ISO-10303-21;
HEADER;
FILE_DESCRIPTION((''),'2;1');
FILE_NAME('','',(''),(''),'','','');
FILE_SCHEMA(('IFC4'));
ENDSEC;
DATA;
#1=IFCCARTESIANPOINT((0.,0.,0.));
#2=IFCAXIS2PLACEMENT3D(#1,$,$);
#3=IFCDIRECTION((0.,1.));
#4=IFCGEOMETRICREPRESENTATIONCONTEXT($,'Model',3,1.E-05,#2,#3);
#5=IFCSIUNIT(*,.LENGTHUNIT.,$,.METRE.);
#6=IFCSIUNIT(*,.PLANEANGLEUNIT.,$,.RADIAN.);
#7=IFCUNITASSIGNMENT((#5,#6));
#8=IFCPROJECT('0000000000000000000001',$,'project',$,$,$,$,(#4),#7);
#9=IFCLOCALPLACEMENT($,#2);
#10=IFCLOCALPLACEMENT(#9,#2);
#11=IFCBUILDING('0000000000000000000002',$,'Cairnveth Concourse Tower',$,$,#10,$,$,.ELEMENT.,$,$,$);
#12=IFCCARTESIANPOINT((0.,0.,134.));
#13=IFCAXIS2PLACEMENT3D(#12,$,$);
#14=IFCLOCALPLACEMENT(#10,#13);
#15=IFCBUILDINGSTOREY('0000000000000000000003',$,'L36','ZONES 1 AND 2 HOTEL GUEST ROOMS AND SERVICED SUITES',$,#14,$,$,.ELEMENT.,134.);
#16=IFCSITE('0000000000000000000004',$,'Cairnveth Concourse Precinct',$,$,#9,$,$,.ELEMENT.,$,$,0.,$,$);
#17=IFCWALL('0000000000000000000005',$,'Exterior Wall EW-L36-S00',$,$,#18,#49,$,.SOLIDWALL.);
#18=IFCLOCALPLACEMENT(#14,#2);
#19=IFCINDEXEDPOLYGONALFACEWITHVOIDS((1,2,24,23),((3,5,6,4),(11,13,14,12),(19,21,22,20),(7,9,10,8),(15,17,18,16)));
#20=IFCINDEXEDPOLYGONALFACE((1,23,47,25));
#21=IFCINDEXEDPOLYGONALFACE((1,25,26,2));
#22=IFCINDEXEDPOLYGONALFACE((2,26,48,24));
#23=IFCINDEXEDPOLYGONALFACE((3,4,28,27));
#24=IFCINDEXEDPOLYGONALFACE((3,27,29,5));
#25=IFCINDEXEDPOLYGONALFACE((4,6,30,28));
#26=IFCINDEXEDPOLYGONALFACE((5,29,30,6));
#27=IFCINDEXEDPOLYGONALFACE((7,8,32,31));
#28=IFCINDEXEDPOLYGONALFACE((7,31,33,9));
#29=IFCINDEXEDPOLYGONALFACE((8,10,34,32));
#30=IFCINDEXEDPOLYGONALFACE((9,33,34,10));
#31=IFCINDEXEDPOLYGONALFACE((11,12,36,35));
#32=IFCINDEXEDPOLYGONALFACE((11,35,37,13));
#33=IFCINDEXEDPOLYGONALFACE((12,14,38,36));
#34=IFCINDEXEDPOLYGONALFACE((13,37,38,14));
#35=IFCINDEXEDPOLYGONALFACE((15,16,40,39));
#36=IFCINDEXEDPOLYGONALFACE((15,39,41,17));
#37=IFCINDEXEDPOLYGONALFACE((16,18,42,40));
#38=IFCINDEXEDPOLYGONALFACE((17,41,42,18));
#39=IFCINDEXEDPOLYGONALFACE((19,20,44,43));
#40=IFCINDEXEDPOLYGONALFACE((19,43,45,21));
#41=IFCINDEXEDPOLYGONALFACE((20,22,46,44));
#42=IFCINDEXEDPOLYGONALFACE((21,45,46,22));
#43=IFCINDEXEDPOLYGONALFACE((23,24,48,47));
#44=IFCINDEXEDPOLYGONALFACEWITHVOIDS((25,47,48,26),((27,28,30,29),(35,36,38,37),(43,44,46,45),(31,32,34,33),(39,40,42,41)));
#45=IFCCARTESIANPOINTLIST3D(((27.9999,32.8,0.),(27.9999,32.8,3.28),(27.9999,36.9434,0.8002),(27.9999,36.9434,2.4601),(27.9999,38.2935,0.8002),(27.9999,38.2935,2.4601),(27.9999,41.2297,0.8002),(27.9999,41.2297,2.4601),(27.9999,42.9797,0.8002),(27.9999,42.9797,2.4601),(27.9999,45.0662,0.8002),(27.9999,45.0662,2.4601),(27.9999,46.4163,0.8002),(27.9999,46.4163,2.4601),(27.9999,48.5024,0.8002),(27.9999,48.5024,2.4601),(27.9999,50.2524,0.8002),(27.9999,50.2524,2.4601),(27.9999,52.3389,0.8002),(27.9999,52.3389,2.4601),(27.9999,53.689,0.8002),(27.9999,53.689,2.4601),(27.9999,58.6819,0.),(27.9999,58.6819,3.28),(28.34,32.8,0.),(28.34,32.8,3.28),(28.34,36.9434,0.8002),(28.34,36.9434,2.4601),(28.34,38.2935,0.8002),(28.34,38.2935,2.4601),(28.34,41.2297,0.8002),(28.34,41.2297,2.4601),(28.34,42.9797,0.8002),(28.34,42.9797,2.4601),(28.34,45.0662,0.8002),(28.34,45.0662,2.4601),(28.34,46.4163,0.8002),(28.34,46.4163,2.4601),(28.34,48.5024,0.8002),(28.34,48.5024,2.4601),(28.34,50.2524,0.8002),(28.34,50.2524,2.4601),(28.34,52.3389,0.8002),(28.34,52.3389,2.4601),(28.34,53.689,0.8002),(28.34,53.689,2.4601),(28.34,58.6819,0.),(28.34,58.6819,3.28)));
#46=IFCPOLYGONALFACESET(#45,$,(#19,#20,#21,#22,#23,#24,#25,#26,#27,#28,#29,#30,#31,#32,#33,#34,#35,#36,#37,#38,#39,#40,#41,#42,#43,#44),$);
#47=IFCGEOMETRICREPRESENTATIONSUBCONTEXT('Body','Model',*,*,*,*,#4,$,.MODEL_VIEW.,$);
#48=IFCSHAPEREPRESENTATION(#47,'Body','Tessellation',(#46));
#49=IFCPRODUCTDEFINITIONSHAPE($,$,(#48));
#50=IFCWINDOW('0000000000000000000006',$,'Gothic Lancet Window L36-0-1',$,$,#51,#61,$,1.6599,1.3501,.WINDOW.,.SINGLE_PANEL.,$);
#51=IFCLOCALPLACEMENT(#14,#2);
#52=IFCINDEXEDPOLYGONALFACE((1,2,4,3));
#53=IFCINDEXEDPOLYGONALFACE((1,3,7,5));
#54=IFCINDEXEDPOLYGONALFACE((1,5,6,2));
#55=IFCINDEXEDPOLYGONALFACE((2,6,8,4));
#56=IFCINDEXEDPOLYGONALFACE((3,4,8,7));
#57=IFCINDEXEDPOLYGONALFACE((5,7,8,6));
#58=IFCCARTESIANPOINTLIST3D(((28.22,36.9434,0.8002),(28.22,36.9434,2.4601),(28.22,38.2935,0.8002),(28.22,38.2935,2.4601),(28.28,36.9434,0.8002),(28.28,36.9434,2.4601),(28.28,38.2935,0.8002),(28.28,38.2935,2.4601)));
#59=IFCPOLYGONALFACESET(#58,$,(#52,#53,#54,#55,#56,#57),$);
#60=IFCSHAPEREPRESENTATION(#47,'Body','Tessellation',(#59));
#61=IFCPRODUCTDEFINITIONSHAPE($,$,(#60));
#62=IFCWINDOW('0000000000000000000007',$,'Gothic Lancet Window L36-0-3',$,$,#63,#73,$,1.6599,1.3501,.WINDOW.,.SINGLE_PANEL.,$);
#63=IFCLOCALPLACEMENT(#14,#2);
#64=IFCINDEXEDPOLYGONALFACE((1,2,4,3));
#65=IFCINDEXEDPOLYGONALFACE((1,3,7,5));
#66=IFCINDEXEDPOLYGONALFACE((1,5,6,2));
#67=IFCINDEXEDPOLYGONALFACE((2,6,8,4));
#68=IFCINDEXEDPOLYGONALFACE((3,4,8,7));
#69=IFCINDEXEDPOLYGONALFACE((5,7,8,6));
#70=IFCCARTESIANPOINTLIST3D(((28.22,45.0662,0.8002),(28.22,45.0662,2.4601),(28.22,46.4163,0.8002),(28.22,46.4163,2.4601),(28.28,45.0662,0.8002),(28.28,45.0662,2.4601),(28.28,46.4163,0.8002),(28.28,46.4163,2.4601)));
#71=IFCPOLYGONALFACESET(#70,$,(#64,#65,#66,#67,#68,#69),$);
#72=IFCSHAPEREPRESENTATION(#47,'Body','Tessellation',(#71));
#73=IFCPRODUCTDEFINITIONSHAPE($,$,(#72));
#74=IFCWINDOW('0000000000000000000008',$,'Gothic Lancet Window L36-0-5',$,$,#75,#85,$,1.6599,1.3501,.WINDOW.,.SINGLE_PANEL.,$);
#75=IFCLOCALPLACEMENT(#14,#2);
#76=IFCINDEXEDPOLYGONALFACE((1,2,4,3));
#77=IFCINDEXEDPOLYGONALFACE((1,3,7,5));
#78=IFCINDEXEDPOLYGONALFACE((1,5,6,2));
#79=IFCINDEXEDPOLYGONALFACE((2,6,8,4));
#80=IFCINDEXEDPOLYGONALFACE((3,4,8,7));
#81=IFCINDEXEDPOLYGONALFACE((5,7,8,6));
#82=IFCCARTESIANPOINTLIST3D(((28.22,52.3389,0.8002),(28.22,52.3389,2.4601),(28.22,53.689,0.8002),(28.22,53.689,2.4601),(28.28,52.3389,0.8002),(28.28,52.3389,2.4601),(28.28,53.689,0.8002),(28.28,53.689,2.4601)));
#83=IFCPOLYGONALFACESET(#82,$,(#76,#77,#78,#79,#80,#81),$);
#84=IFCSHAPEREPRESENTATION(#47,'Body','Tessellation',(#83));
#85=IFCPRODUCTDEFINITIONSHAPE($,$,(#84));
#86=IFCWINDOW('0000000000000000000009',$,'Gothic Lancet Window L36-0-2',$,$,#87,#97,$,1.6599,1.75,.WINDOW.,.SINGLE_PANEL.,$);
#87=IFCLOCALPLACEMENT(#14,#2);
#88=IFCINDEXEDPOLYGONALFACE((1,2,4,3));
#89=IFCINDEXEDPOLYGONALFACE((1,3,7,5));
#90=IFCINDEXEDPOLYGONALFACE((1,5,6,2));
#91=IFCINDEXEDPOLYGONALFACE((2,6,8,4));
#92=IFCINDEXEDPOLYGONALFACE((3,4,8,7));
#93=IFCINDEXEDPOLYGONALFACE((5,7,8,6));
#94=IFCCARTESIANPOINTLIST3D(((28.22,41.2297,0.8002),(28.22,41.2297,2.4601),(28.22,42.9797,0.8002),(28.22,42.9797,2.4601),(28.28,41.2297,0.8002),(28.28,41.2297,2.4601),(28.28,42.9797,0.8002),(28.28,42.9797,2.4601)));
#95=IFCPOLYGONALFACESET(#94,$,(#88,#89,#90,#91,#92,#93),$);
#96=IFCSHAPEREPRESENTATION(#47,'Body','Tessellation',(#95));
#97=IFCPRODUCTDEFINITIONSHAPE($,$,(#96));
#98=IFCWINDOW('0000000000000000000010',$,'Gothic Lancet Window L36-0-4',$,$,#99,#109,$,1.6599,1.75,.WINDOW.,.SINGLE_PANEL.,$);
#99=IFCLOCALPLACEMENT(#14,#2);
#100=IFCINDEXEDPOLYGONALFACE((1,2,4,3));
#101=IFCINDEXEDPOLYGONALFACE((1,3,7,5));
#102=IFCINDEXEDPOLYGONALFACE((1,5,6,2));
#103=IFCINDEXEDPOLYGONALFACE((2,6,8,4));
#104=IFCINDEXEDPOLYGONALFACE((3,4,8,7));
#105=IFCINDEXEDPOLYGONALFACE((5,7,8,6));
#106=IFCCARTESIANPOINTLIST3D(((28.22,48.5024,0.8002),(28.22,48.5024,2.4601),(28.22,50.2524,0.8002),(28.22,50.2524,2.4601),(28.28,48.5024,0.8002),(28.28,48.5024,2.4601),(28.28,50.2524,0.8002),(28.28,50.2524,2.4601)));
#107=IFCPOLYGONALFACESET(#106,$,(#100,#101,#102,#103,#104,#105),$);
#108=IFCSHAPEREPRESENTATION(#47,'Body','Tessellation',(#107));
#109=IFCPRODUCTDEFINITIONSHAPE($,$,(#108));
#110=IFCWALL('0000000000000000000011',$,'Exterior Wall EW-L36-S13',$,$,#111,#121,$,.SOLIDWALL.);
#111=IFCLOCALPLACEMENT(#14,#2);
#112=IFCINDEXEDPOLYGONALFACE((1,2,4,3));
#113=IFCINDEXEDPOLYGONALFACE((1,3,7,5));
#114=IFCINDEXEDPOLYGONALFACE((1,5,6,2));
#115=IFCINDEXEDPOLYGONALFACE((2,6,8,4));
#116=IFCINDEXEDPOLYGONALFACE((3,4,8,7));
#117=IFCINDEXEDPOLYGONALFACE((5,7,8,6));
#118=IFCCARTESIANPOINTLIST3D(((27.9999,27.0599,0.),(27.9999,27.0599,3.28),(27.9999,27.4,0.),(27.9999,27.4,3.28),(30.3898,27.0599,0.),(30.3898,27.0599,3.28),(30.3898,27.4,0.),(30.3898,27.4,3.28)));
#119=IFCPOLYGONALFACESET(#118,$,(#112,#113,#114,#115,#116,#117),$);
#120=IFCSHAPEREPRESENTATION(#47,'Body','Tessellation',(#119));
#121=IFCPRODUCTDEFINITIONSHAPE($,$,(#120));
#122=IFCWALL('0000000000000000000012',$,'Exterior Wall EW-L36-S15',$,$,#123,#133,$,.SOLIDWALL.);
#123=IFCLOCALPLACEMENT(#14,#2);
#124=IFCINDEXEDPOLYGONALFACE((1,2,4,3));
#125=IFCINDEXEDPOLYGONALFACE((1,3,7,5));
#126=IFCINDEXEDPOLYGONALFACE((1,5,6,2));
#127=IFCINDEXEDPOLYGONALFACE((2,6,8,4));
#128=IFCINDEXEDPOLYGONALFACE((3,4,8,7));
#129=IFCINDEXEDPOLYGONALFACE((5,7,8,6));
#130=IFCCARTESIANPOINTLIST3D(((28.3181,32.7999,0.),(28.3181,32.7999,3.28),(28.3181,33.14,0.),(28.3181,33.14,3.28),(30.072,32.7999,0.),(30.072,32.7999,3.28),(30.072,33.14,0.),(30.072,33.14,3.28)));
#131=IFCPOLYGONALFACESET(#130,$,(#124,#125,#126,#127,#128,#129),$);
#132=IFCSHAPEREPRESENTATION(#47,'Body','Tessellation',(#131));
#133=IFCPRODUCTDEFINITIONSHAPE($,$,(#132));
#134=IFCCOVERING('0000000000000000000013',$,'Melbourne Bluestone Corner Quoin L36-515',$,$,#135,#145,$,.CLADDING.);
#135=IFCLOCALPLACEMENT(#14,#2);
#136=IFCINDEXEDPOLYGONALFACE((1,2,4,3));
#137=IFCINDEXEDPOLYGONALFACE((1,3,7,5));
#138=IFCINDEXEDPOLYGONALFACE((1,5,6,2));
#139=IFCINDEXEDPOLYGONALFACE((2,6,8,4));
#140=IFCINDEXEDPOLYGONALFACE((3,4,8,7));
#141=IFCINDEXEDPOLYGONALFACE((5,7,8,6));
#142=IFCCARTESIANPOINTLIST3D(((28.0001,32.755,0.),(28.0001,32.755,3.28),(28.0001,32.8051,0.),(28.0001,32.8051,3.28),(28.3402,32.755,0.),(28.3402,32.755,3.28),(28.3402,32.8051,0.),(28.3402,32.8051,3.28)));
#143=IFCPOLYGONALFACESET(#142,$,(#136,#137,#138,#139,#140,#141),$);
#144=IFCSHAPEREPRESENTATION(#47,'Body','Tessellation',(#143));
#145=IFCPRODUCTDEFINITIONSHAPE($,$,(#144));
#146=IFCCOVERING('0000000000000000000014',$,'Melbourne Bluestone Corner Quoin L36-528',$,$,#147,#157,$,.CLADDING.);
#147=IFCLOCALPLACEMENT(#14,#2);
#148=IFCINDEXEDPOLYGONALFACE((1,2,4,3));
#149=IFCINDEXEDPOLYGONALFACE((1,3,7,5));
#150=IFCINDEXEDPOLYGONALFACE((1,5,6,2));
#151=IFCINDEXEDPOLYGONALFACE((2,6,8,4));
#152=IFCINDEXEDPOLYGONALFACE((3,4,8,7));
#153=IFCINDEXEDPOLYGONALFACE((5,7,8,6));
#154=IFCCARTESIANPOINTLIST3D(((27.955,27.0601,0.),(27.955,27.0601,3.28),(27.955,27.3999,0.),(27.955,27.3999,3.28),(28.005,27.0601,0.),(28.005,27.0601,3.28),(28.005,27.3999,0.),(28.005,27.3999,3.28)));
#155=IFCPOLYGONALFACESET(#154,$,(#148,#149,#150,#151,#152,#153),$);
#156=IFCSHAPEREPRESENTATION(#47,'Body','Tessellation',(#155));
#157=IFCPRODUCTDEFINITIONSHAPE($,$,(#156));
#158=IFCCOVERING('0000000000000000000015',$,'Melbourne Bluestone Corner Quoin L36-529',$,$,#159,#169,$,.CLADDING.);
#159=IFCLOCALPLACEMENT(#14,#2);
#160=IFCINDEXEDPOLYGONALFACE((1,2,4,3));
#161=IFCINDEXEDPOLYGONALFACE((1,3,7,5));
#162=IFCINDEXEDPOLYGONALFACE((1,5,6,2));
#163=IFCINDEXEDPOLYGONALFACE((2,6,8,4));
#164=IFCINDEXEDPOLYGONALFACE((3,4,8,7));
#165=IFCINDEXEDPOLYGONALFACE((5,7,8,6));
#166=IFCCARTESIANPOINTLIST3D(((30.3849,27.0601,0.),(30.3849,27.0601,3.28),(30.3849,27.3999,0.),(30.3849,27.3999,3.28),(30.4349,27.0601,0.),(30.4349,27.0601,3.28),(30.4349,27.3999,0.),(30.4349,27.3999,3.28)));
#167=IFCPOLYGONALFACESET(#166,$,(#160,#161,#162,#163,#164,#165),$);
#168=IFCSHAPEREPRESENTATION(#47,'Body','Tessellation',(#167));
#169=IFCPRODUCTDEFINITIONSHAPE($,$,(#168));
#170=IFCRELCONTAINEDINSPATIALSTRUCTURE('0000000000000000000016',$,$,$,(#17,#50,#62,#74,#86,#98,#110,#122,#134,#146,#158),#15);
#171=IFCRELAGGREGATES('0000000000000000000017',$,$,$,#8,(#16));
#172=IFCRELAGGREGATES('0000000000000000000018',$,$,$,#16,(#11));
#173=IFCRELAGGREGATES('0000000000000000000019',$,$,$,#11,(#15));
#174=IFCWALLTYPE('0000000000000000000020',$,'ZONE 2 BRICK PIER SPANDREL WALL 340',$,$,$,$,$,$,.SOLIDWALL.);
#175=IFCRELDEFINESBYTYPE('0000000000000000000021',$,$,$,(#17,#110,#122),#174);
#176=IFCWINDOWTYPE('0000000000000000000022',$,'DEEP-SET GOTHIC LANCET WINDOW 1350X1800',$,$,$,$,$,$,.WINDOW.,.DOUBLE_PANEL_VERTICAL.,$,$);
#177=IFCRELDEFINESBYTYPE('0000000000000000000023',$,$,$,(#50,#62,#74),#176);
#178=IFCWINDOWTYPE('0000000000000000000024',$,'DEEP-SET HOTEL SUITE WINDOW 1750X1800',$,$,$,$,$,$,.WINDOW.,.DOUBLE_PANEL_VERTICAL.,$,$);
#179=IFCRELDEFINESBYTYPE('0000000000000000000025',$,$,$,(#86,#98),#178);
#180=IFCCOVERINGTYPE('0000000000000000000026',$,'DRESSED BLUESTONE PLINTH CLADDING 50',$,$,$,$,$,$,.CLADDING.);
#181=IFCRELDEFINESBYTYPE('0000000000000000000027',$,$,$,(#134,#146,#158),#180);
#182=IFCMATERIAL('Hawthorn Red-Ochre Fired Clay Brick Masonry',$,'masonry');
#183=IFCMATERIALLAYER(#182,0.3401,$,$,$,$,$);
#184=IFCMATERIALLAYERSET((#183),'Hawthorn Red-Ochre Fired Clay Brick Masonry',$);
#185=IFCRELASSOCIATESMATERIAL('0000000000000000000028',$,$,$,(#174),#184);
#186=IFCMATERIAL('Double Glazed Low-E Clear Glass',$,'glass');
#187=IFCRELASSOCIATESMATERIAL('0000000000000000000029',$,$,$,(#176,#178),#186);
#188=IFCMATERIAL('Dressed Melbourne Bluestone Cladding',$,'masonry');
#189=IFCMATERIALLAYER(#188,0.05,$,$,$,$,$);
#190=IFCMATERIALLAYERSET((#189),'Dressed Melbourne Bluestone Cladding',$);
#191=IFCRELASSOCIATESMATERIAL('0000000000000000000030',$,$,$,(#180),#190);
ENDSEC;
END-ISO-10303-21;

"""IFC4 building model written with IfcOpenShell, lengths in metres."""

from ifc_helpers import new_model, si_unit, direction, frame, frame_2d, origin, place, context, subcontext, project, spatial, rectangle, extrude, material, layer, layer_set, type_object, element, fill, save


model = new_model("IFC4")

# Units and contexts
model_context = context("Model", 3, precision=1e-05, world=origin(), true_north=direction((0.0, 1.0)))
body_context = subcontext(model_context, "Body", "Model", "MODEL_VIEW")
ifc_project = project(units=[si_unit("LENGTHUNIT", "METRE"), si_unit("PLANEANGLEUNIT", "RADIAN")], contexts=[model_context])

# Site, building, storey
site_placement = place(None, origin())
site = spatial("IfcSite", under=ifc_project, at=site_placement, Name="Cairnveth Concourse Precinct", CompositionType="ELEMENT", RefElevation=0.0)
building_placement = place(site_placement, origin())
building = spatial("IfcBuilding", under=site, at=building_placement, Name="Cairnveth Concourse Tower", CompositionType="ELEMENT")
storey_placement = place(building_placement, frame((0.0, 0.0, 134.0)))
storey = spatial("IfcBuildingStorey", under=building, at=storey_placement, Name="L36", Description="ZONES 1 AND 2 HOTEL GUEST ROOMS AND SERVICED SUITES", CompositionType="ELEMENT", Elevation=134.0)

# Shared definitions
ifc_material_1 = material(Name="Dressed Melbourne Bluestone Cladding", Category="masonry")

# Wall, openings, windows
ifc_material_2 = material(Name="Hawthorn Red-Ochre Fired Clay Brick Masonry", Category="masonry")
ifc_layer_1 = layer(ifc_material_2, 0.3401)
ifc_layer_set_1 = layer_set([ifc_layer_1], Name="Hawthorn Red-Ochre Fired Clay Brick Masonry")
wall_type_1 = type_object("IfcWallType", Name="ZONE 2 BRICK PIER SPANDREL WALL 340", PredefinedType="SOLIDWALL", material=ifc_layer_set_1)
wall_1_placement = place(storey_placement, frame((28.1699, 32.8, 0.0), z_axis=(0.0, 0.0, 1.0), x_axis=(0.0, 1.0, 0.0)))
wall_1 = element("IfcWall", 1, at=wall_1_placement, inside=storey, type_object=wall_type_1, Name="Exterior Wall EW-L36-S00", PredefinedType="SOLIDWALL", context=body_context, shape_type="SweptSolid", body=[
    extrude(rectangle(XDim=25.8818, YDim=0.3401, at=frame_2d((12.9409, 0.0))), origin(), (0.0, 0.0, 1.0), 3.28),
])
opening_1_placement = place(wall_1_placement, frame((4.1433, 0.0, 0.8)))
opening_1 = element("IfcOpeningElement", 2, at=opening_1_placement, cuts=wall_1, PredefinedType="OPENING", context=body_context, shape_type="SweptSolid", body=[
    extrude(rectangle(XDim=1.3501, YDim=1.6599, at=frame_2d((0.675, 0.8301))), frame((0.0, 0.1799, 0.0), z_axis=(0.0, -1.0, 0.0), x_axis=(1.0, 0.0, 0.0)), (0.0, 0.0, 1.0), 0.3601),
])
opening_2_placement = place(wall_1_placement, frame((8.4297, 0.0, 0.8)))
opening_2 = element("IfcOpeningElement", 3, at=opening_2_placement, cuts=wall_1, PredefinedType="OPENING", context=body_context, shape_type="SweptSolid", body=[
    extrude(rectangle(XDim=1.75, YDim=1.6599, at=frame_2d((0.875, 0.8301))), frame((0.0, 0.1799, 0.0), z_axis=(0.0, -1.0, 0.0), x_axis=(1.0, 0.0, 0.0)), (0.0, 0.0, 1.0), 0.3601),
])
opening_3_placement = place(wall_1_placement, frame((12.2661, 0.0, 0.8)))
opening_3 = element("IfcOpeningElement", 4, at=opening_3_placement, cuts=wall_1, PredefinedType="OPENING", context=body_context, shape_type="SweptSolid", body=[
    extrude(rectangle(XDim=1.3501, YDim=1.6599, at=frame_2d((0.675, 0.8301))), frame((0.0, 0.1799, 0.0), z_axis=(0.0, -1.0, 0.0), x_axis=(1.0, 0.0, 0.0)), (0.0, 0.0, 1.0), 0.3601),
])
opening_4_placement = place(wall_1_placement, frame((15.7024, 0.0, 0.8)))
opening_4 = element("IfcOpeningElement", 5, at=opening_4_placement, cuts=wall_1, PredefinedType="OPENING", context=body_context, shape_type="SweptSolid", body=[
    extrude(rectangle(XDim=1.75, YDim=1.6599, at=frame_2d((0.875, 0.8301))), frame((0.0, 0.1799, 0.0), z_axis=(0.0, -1.0, 0.0), x_axis=(1.0, 0.0, 0.0)), (0.0, 0.0, 1.0), 0.3601),
])
opening_5_placement = place(wall_1_placement, frame((19.5388, 0.0, 0.8)))
opening_5 = element("IfcOpeningElement", 6, at=opening_5_placement, cuts=wall_1, PredefinedType="OPENING", context=body_context, shape_type="SweptSolid", body=[
    extrude(rectangle(XDim=1.3501, YDim=1.6599, at=frame_2d((0.675, 0.8301))), frame((0.0, 0.1799, 0.0), z_axis=(0.0, -1.0, 0.0), x_axis=(1.0, 0.0, 0.0)), (0.0, 0.0, 1.0), 0.3601),
])
ifc_material_3 = material(Name="Double Glazed Low-E Clear Glass", Category="glass")
window_type_1 = type_object("IfcWindowType", Name="DEEP-SET GOTHIC LANCET WINDOW 1350X1800", PartitioningType="DOUBLE_PANEL_VERTICAL", PredefinedType="WINDOW", material=ifc_material_3)
window_1_placement = place(opening_1_placement, origin())
window_1 = element("IfcWindow", 7, at=window_1_placement, inside=storey, type_object=window_type_1, Name="Gothic Lancet Window L36-0-1", OverallHeight=1.6599, OverallWidth=1.3501, PartitioningType="SINGLE_PANEL", PredefinedType="WINDOW", context=body_context, shape_type="SweptSolid", body=[
    extrude(rectangle(XDim=1.3501, YDim=1.6599, at=frame_2d((0.675, 0.8301))), frame((0.0, -0.05, 0.0), z_axis=(0.0, -1.0, 0.0), x_axis=(1.0, 0.0, 0.0)), (0.0, 0.0, 1.0), 0.0601),
])
fill(opening_1, window_1)
window_2_placement = place(opening_3_placement, origin())
window_2 = element("IfcWindow", 8, at=window_2_placement, inside=storey, type_object=window_type_1, Name="Gothic Lancet Window L36-0-3", OverallHeight=1.6599, OverallWidth=1.3501, PartitioningType="SINGLE_PANEL", PredefinedType="WINDOW", context=body_context, shape_type="SweptSolid", body=[
    extrude(rectangle(XDim=1.3501, YDim=1.6599, at=frame_2d((0.675, 0.8301))), frame((0.0, -0.05, 0.0), z_axis=(0.0, -1.0, 0.0), x_axis=(1.0, 0.0, 0.0)), (0.0, 0.0, 1.0), 0.0601),
])
fill(opening_3, window_2)
window_3_placement = place(opening_5_placement, origin())
window_3 = element("IfcWindow", 9, at=window_3_placement, inside=storey, type_object=window_type_1, Name="Gothic Lancet Window L36-0-5", OverallHeight=1.6599, OverallWidth=1.3501, PartitioningType="SINGLE_PANEL", PredefinedType="WINDOW", context=body_context, shape_type="SweptSolid", body=[
    extrude(rectangle(XDim=1.3501, YDim=1.6599, at=frame_2d((0.675, 0.8301))), frame((0.0, -0.05, 0.0), z_axis=(0.0, -1.0, 0.0), x_axis=(1.0, 0.0, 0.0)), (0.0, 0.0, 1.0), 0.0601),
])
fill(opening_5, window_3)
window_type_2 = type_object("IfcWindowType", Name="DEEP-SET HOTEL SUITE WINDOW 1750X1800", PartitioningType="DOUBLE_PANEL_VERTICAL", PredefinedType="WINDOW", material=ifc_material_3)
window_4_placement = place(opening_2_placement, origin())
window_4 = element("IfcWindow", 10, at=window_4_placement, inside=storey, type_object=window_type_2, Name="Gothic Lancet Window L36-0-2", OverallHeight=1.6599, OverallWidth=1.75, PartitioningType="SINGLE_PANEL", PredefinedType="WINDOW", context=body_context, shape_type="SweptSolid", body=[
    extrude(rectangle(XDim=1.75, YDim=1.6599, at=frame_2d((0.875, 0.8301))), frame((0.0, -0.05, 0.0), z_axis=(0.0, -1.0, 0.0), x_axis=(1.0, 0.0, 0.0)), (0.0, 0.0, 1.0), 0.0601),
])
fill(opening_2, window_4)
window_5_placement = place(opening_4_placement, origin())
window_5 = element("IfcWindow", 11, at=window_5_placement, inside=storey, type_object=window_type_2, Name="Gothic Lancet Window L36-0-4", OverallHeight=1.6599, OverallWidth=1.75, PartitioningType="SINGLE_PANEL", PredefinedType="WINDOW", context=body_context, shape_type="SweptSolid", body=[
    extrude(rectangle(XDim=1.75, YDim=1.6599, at=frame_2d((0.875, 0.8301))), frame((0.0, -0.05, 0.0), z_axis=(0.0, -1.0, 0.0), x_axis=(1.0, 0.0, 0.0)), (0.0, 0.0, 1.0), 0.0601),
])
fill(opening_4, window_5)

# Wall
wall_2_placement = place(storey_placement, frame((28.0, 27.23, 0.0), z_axis=(0.0, 0.0, 1.0), x_axis=(1.0, 0.0, 0.0)))
element("IfcWall", 12, at=wall_2_placement, inside=storey, type_object=wall_type_1, Name="Exterior Wall EW-L36-S13", PredefinedType="SOLIDWALL", context=body_context, shape_type="SweptSolid", body=[
    extrude(rectangle(XDim=2.3899, YDim=0.3401, at=frame_2d((1.1948, 0.0))), origin(), (0.0, 0.0, 1.0), 3.28),
])

# Wall
wall_3_placement = place(storey_placement, frame((30.072, 32.97, 0.0), z_axis=(0.0, 0.0, 1.0), x_axis=(-1.0, 0.0, 0.0)))
element("IfcWall", 13, at=wall_3_placement, inside=storey, type_object=wall_type_1, Name="Exterior Wall EW-L36-S15", PredefinedType="SOLIDWALL", context=body_context, shape_type="SweptSolid", body=[
    extrude(rectangle(XDim=1.7539, YDim=0.3401, at=frame_2d((0.877, 0.0))), origin(), (0.0, 0.0, 1.0), 3.28),
])

# Coverings
ifc_layer_2 = layer(ifc_material_1, 0.05)
ifc_layer_set_2 = layer_set([ifc_layer_2], Name="Dressed Melbourne Bluestone Cladding")
covering_type = type_object("IfcCoveringType", Name="DRESSED BLUESTONE PLINTH CLADDING 50", PredefinedType="CLADDING", material=ifc_layer_set_2)
covering_placement = place(storey_placement, frame((28.3401, 32.78, 0.0), z_axis=(0.0, 0.0, 1.0), x_axis=(-1.0, 0.0, 0.0)))
element("IfcCovering", 14, at=covering_placement, inside=storey, type_object=covering_type, Name="Melbourne Bluestone Corner Quoin L36-515", PredefinedType="CLADDING", context=body_context, shape_type="SweptSolid", body=[
    extrude(rectangle(XDim=0.3401, YDim=0.05, at=frame_2d((0.1699, 0.0))), origin(), (0.0, 0.0, 1.0), 3.28),
])
for number, where, z_axis, x_axis, name in (
    (15, (27.98, 27.0601, 0.0), (0.0, 0.0, 1.0), (0.0, 1.0, 0.0), "Melbourne Bluestone Corner Quoin L36-528"),
    (16, (30.4099, 27.0601, 0.0), (0.0, 0.0, 1.0), (0.0, 1.0, 0.0), "Melbourne Bluestone Corner Quoin L36-529"),
):
    element("IfcCovering", number, at=place(storey_placement, frame(where, z_axis=z_axis, x_axis=x_axis)), inside=storey, type_object=covering_type, Name=name, PredefinedType="CLADDING", context=body_context, shape_type="SweptSolid", body=[
        extrude(rectangle(XDim=0.3398, YDim=0.05, at=frame_2d((0.1699, 0.0))), origin(), (0.0, 0.0, 1.0), 3.28),
    ])

save(model, "model.ifc")
